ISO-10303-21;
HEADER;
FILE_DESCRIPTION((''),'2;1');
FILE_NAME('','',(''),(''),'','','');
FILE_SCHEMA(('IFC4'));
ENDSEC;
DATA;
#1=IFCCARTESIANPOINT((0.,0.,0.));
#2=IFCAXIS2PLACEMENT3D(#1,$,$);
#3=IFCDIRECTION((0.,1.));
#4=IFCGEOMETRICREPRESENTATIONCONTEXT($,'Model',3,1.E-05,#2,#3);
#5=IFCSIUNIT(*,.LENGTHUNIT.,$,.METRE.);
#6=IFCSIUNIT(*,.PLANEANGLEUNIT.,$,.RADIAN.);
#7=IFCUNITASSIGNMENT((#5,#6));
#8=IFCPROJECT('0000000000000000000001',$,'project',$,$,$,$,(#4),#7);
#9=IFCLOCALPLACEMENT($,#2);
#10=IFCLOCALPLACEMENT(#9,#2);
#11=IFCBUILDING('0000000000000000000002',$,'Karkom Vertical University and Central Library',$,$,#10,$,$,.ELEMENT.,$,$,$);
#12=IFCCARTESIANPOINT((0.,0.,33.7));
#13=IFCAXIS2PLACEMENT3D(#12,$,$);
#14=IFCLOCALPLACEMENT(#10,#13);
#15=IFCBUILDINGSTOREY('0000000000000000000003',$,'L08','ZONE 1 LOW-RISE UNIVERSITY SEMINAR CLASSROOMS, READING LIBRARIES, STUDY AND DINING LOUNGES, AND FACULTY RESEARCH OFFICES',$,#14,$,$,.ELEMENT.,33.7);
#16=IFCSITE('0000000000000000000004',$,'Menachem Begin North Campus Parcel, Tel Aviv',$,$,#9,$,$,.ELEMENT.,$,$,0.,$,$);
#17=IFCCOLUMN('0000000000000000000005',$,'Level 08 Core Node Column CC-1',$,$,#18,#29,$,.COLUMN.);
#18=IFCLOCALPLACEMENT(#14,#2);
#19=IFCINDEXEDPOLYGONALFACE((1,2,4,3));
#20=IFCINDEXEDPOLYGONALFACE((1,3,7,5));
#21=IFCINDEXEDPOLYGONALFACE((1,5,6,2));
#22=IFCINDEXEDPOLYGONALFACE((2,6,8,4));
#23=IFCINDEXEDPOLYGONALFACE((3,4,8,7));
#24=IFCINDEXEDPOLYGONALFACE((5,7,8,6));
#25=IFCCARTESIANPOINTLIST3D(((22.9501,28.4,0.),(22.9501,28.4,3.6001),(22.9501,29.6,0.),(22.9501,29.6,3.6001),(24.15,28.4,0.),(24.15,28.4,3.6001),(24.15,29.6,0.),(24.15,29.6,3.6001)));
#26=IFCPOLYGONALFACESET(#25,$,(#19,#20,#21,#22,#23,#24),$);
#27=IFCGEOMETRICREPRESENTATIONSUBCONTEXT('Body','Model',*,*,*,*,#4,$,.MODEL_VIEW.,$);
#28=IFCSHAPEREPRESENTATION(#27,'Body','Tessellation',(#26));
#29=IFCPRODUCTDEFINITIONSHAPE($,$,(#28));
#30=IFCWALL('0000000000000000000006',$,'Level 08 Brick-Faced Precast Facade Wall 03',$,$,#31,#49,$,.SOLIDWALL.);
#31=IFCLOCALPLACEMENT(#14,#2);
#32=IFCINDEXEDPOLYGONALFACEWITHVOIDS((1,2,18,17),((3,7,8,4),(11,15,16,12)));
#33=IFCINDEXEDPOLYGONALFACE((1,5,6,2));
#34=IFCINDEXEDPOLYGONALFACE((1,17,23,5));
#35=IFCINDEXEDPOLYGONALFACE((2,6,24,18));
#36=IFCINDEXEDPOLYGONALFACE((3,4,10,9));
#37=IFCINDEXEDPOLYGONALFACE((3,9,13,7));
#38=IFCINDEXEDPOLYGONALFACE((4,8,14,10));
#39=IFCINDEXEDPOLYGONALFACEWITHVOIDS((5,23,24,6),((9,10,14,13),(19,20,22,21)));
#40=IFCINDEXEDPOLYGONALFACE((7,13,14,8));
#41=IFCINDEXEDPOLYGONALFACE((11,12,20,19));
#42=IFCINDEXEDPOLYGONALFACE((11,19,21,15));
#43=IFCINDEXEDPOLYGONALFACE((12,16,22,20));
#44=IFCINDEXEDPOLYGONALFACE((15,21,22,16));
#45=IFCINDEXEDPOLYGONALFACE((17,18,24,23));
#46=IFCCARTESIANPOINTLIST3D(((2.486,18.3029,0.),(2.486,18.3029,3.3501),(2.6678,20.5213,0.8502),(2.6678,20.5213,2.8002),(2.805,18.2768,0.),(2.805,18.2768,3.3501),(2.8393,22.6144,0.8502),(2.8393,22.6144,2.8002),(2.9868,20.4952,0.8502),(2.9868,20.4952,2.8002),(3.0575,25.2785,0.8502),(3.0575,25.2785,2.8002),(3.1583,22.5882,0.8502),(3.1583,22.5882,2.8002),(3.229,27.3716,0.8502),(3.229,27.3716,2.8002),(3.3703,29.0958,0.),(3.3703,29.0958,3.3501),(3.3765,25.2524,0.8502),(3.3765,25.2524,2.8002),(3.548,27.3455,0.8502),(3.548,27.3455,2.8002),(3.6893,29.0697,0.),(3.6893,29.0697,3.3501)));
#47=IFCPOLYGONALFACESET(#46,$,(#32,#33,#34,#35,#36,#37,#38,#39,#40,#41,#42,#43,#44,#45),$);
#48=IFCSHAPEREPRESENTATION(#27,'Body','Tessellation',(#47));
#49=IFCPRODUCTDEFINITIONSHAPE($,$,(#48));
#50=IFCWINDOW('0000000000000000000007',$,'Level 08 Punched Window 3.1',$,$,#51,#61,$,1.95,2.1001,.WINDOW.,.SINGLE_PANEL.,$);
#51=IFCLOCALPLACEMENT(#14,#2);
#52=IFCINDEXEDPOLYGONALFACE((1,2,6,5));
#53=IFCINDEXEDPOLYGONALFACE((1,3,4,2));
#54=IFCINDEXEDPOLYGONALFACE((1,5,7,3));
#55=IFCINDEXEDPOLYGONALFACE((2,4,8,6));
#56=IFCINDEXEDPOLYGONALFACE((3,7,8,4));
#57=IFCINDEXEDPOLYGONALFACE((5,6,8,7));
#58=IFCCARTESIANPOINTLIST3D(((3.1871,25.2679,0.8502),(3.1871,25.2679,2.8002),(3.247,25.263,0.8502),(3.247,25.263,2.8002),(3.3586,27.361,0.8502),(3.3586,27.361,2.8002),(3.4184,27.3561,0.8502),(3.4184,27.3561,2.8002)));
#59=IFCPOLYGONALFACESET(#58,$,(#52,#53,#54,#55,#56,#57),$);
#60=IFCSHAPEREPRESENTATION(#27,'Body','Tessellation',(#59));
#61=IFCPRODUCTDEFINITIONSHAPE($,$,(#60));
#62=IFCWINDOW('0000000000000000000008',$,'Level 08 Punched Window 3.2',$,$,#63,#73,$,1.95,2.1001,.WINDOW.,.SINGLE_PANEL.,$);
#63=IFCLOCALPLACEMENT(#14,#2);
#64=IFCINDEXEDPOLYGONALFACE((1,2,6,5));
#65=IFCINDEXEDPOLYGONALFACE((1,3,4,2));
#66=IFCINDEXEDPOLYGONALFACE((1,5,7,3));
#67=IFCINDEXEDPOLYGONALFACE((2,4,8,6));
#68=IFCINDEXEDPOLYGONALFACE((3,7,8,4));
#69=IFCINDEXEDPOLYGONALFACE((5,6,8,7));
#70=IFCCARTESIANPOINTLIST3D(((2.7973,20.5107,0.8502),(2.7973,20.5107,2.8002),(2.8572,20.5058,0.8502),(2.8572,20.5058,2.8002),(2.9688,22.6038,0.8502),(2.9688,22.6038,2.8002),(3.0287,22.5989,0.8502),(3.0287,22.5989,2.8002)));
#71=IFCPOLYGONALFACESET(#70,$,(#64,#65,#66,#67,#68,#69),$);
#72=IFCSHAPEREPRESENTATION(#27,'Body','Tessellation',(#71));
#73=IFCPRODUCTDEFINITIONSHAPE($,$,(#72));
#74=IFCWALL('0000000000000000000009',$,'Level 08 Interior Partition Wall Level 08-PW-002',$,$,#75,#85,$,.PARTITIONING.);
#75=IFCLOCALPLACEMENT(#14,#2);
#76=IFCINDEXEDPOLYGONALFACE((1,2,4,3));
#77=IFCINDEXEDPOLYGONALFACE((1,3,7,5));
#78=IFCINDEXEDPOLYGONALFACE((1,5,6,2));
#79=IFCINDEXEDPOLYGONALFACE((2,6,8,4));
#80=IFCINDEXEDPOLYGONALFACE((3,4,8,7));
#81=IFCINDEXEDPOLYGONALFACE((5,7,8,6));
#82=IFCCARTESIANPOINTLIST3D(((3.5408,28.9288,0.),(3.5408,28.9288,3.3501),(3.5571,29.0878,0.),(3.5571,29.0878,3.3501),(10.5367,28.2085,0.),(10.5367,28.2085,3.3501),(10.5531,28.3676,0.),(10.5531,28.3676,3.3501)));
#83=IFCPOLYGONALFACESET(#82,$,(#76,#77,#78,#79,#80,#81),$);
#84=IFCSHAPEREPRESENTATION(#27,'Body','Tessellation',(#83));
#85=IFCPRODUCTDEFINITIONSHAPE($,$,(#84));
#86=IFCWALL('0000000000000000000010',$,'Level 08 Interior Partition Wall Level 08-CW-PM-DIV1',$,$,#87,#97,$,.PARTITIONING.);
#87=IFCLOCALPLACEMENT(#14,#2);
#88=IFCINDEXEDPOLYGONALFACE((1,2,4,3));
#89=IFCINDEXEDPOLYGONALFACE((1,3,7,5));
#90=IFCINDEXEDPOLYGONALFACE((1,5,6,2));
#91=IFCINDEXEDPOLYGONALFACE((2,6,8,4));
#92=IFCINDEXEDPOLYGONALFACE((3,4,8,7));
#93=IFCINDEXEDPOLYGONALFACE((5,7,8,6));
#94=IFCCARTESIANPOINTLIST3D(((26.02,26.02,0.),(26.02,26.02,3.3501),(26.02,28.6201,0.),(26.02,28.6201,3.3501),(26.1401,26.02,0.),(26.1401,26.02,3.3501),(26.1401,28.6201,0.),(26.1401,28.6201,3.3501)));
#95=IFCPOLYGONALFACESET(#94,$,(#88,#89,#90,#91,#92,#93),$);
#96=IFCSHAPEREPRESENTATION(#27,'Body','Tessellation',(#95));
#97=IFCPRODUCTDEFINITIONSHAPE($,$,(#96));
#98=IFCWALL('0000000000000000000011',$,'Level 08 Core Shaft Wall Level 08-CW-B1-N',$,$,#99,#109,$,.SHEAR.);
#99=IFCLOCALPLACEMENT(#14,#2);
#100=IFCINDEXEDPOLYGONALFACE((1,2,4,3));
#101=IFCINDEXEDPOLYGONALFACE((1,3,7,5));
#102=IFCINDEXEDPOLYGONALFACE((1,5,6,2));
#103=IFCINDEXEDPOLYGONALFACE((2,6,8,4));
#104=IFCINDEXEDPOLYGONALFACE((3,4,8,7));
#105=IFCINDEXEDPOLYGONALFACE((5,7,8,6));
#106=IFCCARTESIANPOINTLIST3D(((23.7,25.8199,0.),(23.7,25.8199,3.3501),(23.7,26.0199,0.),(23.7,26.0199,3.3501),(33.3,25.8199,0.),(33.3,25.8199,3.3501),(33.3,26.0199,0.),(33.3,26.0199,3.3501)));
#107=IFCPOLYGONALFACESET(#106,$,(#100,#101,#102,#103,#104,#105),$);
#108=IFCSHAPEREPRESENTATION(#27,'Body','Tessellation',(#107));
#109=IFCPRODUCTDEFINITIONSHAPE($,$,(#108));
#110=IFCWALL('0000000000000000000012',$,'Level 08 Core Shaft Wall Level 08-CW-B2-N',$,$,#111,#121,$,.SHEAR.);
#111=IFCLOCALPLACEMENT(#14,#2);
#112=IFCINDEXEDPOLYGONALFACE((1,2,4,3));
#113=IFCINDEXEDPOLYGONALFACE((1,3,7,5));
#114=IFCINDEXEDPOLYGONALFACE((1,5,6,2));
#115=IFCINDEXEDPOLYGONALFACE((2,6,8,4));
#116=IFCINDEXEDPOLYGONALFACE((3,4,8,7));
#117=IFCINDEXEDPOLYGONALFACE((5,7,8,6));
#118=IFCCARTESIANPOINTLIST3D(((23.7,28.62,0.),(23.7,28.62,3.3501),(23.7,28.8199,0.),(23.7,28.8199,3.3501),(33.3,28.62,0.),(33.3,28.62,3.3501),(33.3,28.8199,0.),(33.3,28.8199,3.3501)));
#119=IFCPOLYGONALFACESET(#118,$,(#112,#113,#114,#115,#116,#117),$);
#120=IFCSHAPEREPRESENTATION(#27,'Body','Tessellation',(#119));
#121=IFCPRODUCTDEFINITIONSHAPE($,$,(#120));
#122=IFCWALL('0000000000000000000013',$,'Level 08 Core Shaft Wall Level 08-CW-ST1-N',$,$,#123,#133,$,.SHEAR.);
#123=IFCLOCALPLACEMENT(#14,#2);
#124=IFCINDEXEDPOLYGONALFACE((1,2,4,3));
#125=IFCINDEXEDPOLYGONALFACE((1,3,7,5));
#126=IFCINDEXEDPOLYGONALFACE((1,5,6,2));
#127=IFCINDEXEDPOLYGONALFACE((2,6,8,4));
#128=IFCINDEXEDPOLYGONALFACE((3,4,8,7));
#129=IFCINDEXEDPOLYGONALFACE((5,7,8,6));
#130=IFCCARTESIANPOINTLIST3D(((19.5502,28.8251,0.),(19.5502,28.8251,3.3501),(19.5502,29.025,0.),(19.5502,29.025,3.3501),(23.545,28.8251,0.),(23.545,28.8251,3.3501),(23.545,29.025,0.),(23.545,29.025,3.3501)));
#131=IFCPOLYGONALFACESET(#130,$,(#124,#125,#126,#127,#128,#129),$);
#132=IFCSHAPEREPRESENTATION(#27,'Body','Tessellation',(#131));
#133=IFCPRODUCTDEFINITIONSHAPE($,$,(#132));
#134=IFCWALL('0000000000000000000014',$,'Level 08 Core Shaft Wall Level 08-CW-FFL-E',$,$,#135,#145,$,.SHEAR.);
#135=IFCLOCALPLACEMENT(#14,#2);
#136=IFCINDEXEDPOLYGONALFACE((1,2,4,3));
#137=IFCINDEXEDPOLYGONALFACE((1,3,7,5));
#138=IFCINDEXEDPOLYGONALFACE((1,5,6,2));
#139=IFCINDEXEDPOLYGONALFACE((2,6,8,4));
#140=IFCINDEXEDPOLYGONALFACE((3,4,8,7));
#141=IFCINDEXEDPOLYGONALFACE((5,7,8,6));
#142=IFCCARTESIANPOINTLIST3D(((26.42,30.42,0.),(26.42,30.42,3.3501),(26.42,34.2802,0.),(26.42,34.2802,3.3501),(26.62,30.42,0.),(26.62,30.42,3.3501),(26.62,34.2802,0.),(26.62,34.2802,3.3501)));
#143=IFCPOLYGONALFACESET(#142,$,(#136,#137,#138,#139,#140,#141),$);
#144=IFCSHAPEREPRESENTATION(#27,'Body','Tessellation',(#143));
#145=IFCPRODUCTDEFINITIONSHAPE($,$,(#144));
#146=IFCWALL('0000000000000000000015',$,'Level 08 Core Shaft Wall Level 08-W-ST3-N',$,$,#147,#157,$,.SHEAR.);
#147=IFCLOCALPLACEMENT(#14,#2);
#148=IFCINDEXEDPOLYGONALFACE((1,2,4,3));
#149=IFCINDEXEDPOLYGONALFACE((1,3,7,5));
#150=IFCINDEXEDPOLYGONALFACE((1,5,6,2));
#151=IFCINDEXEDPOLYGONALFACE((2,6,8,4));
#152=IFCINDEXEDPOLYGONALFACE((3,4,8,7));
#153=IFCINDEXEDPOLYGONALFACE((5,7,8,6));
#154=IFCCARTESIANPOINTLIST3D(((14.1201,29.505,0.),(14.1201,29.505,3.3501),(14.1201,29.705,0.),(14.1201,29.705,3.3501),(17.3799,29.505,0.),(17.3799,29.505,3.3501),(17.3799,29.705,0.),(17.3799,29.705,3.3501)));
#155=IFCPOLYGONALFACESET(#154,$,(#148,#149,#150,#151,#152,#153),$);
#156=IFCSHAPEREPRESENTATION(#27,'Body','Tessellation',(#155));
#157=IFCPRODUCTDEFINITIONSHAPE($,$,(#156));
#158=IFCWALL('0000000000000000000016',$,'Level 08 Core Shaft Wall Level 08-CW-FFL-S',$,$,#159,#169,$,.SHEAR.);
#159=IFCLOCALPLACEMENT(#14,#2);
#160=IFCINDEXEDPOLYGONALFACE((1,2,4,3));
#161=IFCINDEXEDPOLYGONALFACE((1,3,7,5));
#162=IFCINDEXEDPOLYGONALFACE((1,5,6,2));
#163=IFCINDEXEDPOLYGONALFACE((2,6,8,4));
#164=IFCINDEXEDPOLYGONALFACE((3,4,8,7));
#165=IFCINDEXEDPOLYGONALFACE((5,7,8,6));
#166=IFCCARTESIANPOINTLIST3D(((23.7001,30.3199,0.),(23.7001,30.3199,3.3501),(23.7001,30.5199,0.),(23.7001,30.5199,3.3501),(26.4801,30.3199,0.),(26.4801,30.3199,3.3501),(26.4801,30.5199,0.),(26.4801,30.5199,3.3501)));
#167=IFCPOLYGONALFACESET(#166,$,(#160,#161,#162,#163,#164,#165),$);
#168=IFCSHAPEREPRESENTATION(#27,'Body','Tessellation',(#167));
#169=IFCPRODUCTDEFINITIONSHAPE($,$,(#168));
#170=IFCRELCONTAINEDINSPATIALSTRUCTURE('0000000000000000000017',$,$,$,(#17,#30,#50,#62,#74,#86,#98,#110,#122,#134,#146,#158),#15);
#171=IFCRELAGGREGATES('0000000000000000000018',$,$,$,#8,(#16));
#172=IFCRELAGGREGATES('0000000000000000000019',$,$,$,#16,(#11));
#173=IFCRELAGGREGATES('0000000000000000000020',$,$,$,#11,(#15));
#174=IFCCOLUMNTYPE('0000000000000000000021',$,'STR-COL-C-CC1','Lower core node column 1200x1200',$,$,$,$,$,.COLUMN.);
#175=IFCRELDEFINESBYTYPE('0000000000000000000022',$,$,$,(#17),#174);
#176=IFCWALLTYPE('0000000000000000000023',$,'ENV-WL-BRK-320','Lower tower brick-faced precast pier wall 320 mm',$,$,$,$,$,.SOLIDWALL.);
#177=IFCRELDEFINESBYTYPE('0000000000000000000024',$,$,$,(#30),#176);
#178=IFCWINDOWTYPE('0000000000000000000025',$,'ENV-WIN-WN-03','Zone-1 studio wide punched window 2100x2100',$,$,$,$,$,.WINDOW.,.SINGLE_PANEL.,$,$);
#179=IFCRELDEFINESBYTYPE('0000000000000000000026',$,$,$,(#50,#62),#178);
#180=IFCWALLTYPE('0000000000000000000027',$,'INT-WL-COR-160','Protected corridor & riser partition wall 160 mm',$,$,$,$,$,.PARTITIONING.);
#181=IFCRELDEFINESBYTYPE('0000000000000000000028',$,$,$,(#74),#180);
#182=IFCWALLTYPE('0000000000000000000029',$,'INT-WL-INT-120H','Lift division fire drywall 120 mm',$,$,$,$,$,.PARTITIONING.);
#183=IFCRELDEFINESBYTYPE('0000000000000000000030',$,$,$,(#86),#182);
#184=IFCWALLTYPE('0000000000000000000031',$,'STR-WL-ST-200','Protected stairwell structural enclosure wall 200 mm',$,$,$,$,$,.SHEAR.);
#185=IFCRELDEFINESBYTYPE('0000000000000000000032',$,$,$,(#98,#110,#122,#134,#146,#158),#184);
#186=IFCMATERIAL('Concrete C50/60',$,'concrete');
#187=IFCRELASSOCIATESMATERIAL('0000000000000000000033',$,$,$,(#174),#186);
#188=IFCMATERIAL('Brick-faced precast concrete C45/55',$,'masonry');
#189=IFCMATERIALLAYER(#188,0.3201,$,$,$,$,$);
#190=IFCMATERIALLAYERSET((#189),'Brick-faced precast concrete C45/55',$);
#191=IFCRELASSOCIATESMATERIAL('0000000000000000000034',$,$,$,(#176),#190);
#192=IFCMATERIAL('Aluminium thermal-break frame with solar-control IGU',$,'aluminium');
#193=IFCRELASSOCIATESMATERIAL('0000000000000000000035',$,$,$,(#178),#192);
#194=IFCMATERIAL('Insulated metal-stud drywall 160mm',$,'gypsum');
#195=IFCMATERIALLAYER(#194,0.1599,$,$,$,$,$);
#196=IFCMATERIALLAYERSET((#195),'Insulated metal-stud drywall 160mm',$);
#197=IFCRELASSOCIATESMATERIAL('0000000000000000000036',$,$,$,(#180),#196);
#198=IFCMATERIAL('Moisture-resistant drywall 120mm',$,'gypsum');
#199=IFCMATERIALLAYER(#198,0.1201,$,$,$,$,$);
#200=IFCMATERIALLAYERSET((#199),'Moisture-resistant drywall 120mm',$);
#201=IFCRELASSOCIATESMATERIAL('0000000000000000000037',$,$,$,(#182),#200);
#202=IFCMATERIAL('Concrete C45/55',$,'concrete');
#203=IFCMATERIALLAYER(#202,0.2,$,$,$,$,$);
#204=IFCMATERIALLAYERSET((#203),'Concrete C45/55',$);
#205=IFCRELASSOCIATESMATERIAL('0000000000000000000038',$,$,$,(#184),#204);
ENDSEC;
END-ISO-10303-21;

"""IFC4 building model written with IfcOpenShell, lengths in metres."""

from ifc_helpers import new_model, si_unit, direction, frame, frame_2d, origin, origin_with_axes, origin_2d, place, context, subcontext, project, spatial, rectangle, extrude, source, transform, mapped, material, layer, layer_set, material_profile, profile_set, type_object, element, fill, save


model = new_model("IFC4")

# Units and contexts
model_context = context("Model", 3, precision=1e-05, world=origin(), true_north=direction((0.0, 1.0)))
body_context = subcontext(model_context, "Body", "Model", "MODEL_VIEW")
ifc_project = project(units=[si_unit("LENGTHUNIT", "METRE"), si_unit("PLANEANGLEUNIT", "RADIAN")], contexts=[model_context])

# Site, building, storey
site_placement = place(None, origin())
site = spatial("IfcSite", under=ifc_project, at=site_placement, Name="Menachem Begin North Campus Parcel, Tel Aviv", CompositionType="ELEMENT", RefElevation=0.0)
building_placement = place(site_placement, origin())
building = spatial("IfcBuilding", under=site, at=building_placement, Name="Karkom Vertical University and Central Library", CompositionType="ELEMENT")
storey_placement = place(building_placement, frame((0.0, 0.0, 33.7)))
storey = spatial("IfcBuildingStorey", under=building, at=storey_placement, Name="L08", Description="ZONE 1 LOW-RISE UNIVERSITY SEMINAR CLASSROOMS, READING LIBRARIES, STUDY AND DINING LOUNGES, AND FACULTY RESEARCH OFFICES", CompositionType="ELEMENT", Elevation=33.7)

# Column
ifc_material_1 = material(Name="Concrete C50/60", Category="concrete")
ifc_material_profile = material_profile(ifc_material_1, rectangle(XDim=1.2, YDim=1.2, at=origin_2d()), Name="RC-1200x1200")
ifc_profile_set = profile_set([ifc_material_profile], Name="Concrete C50/60")
column_type = type_object("IfcColumnType", Name="STR-COL-C-CC1", Description="Lower core node column 1200x1200", PredefinedType="COLUMN", material=ifc_profile_set)
shared_shape_1 = source(origin_with_axes(), body_context, "Body", "SweptSolid", [
    extrude(rectangle(XDim=1.2, YDim=1.2, at=origin_2d()), origin(), (0.0, 0.0, 1.0), 3.6001),
])
column_placement = place(storey_placement, frame((23.55, 29.0, 0.0), z_axis=(0.0, 0.0, 1.0), x_axis=(1.0, 0.0, 0.0)))
element("IfcColumn", 1, at=column_placement, inside=storey, type_object=column_type, Name="Level 08 Core Node Column CC-1", PredefinedType="COLUMN", context=body_context, shape_type="MappedRepresentation", body=[
    mapped(shared_shape_1, transform((0.0, 0.0, 0.0), scale=1.0)),
])

# Wall, openings, windows
ifc_material_2 = material(Name="Brick-faced precast concrete C45/55", Category="masonry")
ifc_layer_1 = layer(ifc_material_2, 0.3201)
ifc_layer_set_1 = layer_set([ifc_layer_1], Name="Brick-faced precast concrete C45/55")
wall_type_1 = type_object("IfcWallType", Name="ENV-WL-BRK-320", Description="Lower tower brick-faced precast pier wall 320 mm", PredefinedType="SOLIDWALL", material=ifc_layer_set_1)
wall_1_placement = place(storey_placement, frame((3.5298, 29.0828, 0.0), z_axis=(0.0, 0.0, 1.0), x_axis=(-0.081657, -0.99666, 0.0)))
wall_1 = element("IfcWall", 2, at=wall_1_placement, inside=storey, type_object=wall_type_1, Name="Level 08 Brick-Faced Precast Facade Wall 03", PredefinedType="SOLIDWALL", context=body_context, shape_type="SweptSolid", body=[
    extrude(rectangle(XDim=10.8291, YDim=0.3201, at=frame_2d((5.4146, 0.0))), origin(), (0.0, 0.0, 1.0), 3.3501),
])
opening_1_placement = place(wall_1_placement, frame((1.73, 0.0, 0.8501)))
opening_1 = element("IfcOpeningElement", 3, at=opening_1_placement, cuts=wall_1, PredefinedType="OPENING", context=body_context, shape_type="SweptSolid", body=[
    extrude(rectangle(XDim=2.1001, YDim=1.95, at=frame_2d((1.05, 0.9751))), frame((0.0, 0.1699, 0.0), z_axis=(0.0, -1.0, 0.0), x_axis=(1.0, 0.0, 0.0)), (0.0, 0.0, 1.0), 0.3401),
])
opening_2_placement = place(wall_1_placement, frame((6.5032, 0.0, 0.8501)))
opening_2 = element("IfcOpeningElement", 4, at=opening_2_placement, cuts=wall_1, PredefinedType="OPENING", context=body_context, shape_type="SweptSolid", body=[
    extrude(rectangle(XDim=2.1001, YDim=1.95, at=frame_2d((1.05, 0.9751))), frame((0.0, 0.1699, 0.0), z_axis=(0.0, -1.0, 0.0), x_axis=(1.0, 0.0, 0.0)), (0.0, 0.0, 1.0), 0.3401),
])
ifc_material_3 = material(Name="Aluminium thermal-break frame with solar-control IGU", Category="aluminium")
window_type = type_object("IfcWindowType", Name="ENV-WIN-WN-03", Description="Zone-1 studio wide punched window 2100x2100", PartitioningType="SINGLE_PANEL", PredefinedType="WINDOW", material=ifc_material_3)
shared_shape_2 = source(origin_with_axes(), body_context, "Body", "SweptSolid", [
    extrude(rectangle(XDim=2.1001, YDim=1.95, at=frame_2d((1.05, 0.9751))), frame((0.0, 0.03, 0.0), z_axis=(0.0, -1.0, 0.0), x_axis=(1.0, 0.0, 0.0)), (0.0, 0.0, 1.0), 0.0601),
])
window_1_placement = place(opening_1_placement, origin())
window_1 = element("IfcWindow", 5, at=window_1_placement, inside=storey, type_object=window_type, Name="Level 08 Punched Window 3.1", OverallHeight=1.95, OverallWidth=2.1001, PartitioningType="SINGLE_PANEL", PredefinedType="WINDOW", context=body_context, shape_type="MappedRepresentation", body=[
    mapped(shared_shape_2, transform((0.0, 0.0, 0.0), scale=1.0)),
])
fill(opening_1, window_1)
window_2_placement = place(opening_2_placement, origin())
window_2 = element("IfcWindow", 6, at=window_2_placement, inside=storey, type_object=window_type, Name="Level 08 Punched Window 3.2", OverallHeight=1.95, OverallWidth=2.1001, PartitioningType="SINGLE_PANEL", PredefinedType="WINDOW", context=body_context, shape_type="MappedRepresentation", body=[
    mapped(shared_shape_2, transform((0.0, 0.0, 0.0), scale=1.0)),
])
fill(opening_2, window_2)

# Walls
ifc_material_4 = material(Name="Insulated metal-stud drywall 160mm", Category="gypsum")
ifc_layer_2 = layer(ifc_material_4, 0.1599)
ifc_layer_set_2 = layer_set([ifc_layer_2], Name="Insulated metal-stud drywall 160mm")
wall_type_2 = type_object("IfcWallType", Name="INT-WL-COR-160", Description="Protected corridor & riser partition wall 160 mm", PredefinedType="PARTITIONING", material=ifc_layer_set_2)
wall_2_placement = place(storey_placement, frame((3.5488, 29.0083, 0.0), z_axis=(0.0, 0.0, 1.0), x_axis=(0.994743, -0.102404, 0.0)))
element("IfcWall", 7, at=wall_2_placement, inside=storey, type_object=wall_type_2, Name="Level 08 Interior Partition Wall Level 08-PW-002", PredefinedType="PARTITIONING", context=body_context, shape_type="SweptSolid", body=[
    extrude(rectangle(XDim=7.033, YDim=0.1599, at=frame_2d((3.5166, 0.0))), origin(), (0.0, 0.0, 1.0), 3.3501),
])
ifc_material_5 = material(Name="Moisture-resistant drywall 120mm", Category="gypsum")
ifc_layer_3 = layer(ifc_material_5, 0.1201)
ifc_layer_set_3 = layer_set([ifc_layer_3], Name="Moisture-resistant drywall 120mm")
wall_type_3 = type_object("IfcWallType", Name="INT-WL-INT-120H", Description="Lift division fire drywall 120 mm", PredefinedType="PARTITIONING", material=ifc_layer_set_3)
wall_3_placement = place(storey_placement, frame((26.0801, 26.02, 0.0), z_axis=(0.0, 0.0, 1.0), x_axis=(0.0, 1.0, 0.0)))
element("IfcWall", 8, at=wall_3_placement, inside=storey, type_object=wall_type_3, Name="Level 08 Interior Partition Wall Level 08-CW-PM-DIV1", PredefinedType="PARTITIONING", context=body_context, shape_type="SweptSolid", body=[
    extrude(rectangle(XDim=2.6001, YDim=0.1201, at=frame_2d((1.3, 0.0))), origin(), (0.0, 0.0, 1.0), 3.3501),
])
ifc_material_6 = material(Name="Concrete C45/55", Category="concrete")
ifc_layer_4 = layer(ifc_material_6, 0.2)
ifc_layer_set_4 = layer_set([ifc_layer_4], Name="Concrete C45/55")
wall_type_4 = type_object("IfcWallType", Name="STR-WL-ST-200", Description="Protected stairwell structural enclosure wall 200 mm", PredefinedType="SHEAR", material=ifc_layer_set_4)
for number, where, z_axis, x_axis, name in (
    (9, (23.7, 25.9199, 0.0), (0.0, 0.0, 1.0), (1.0, 0.0, 0.0), "Level 08 Core Shaft Wall Level 08-CW-B1-N"),
    (10, (23.7, 28.72, 0.0), (0.0, 0.0, 1.0), (1.0, 0.0, 0.0), "Level 08 Core Shaft Wall Level 08-CW-B2-N"),
):
    element("IfcWall", number, at=place(storey_placement, frame(where, z_axis=z_axis, x_axis=x_axis)), inside=storey, type_object=wall_type_4, Name=name, PredefinedType="SHEAR", context=body_context, shape_type="SweptSolid", body=[
        extrude(rectangle(XDim=9.6001, YDim=0.2, at=frame_2d((4.8, 0.0))), origin(), (0.0, 0.0, 1.0), 3.3501),
    ])
wall_4_placement = place(storey_placement, frame((19.55, 28.925, 0.0), z_axis=(0.0, 0.0, 1.0), x_axis=(1.0, 0.0, 0.0)))
element("IfcWall", 11, at=wall_4_placement, inside=storey, type_object=wall_type_4, Name="Level 08 Core Shaft Wall Level 08-CW-ST1-N", PredefinedType="SHEAR", context=body_context, shape_type="SweptSolid", body=[
    extrude(rectangle(XDim=3.9949, YDim=0.2, at=frame_2d((1.9976, 0.0))), origin(), (0.0, 0.0, 1.0), 3.3501),
])
wall_5_placement = place(storey_placement, frame((26.52, 30.4199, 0.0), z_axis=(0.0, 0.0, 1.0), x_axis=(0.0, 1.0, 0.0)))
element("IfcWall", 12, at=wall_5_placement, inside=storey, type_object=wall_type_4, Name="Level 08 Core Shaft Wall Level 08-CW-FFL-E", PredefinedType="SHEAR", context=body_context, shape_type="SweptSolid", body=[
    extrude(rectangle(XDim=3.8601, YDim=0.2, at=frame_2d((1.9302, 0.0))), origin(), (0.0, 0.0, 1.0), 3.3501),
])
wall_6_placement = place(storey_placement, frame((14.1201, 29.605, 0.0), z_axis=(0.0, 0.0, 1.0), x_axis=(1.0, 0.0, 0.0)))
element("IfcWall", 13, at=wall_6_placement, inside=storey, type_object=wall_type_4, Name="Level 08 Core Shaft Wall Level 08-W-ST3-N", PredefinedType="SHEAR", context=body_context, shape_type="SweptSolid", body=[
    extrude(rectangle(XDim=3.2598, YDim=0.2, at=frame_2d((1.6299, 0.0))), origin(), (0.0, 0.0, 1.0), 3.3501),
])
wall_7_placement = place(storey_placement, frame((23.7, 30.4199, 0.0), z_axis=(0.0, 0.0, 1.0), x_axis=(1.0, 0.0, 0.0)))
element("IfcWall", 14, at=wall_7_placement, inside=storey, type_object=wall_type_4, Name="Level 08 Core Shaft Wall Level 08-CW-FFL-S", PredefinedType="SHEAR", context=body_context, shape_type="SweptSolid", body=[
    extrude(rectangle(XDim=2.78, YDim=0.2, at=frame_2d((1.3901, 0.0))), origin(), (0.0, 0.0, 1.0), 3.3501),
])

save(model, "model.ifc")
